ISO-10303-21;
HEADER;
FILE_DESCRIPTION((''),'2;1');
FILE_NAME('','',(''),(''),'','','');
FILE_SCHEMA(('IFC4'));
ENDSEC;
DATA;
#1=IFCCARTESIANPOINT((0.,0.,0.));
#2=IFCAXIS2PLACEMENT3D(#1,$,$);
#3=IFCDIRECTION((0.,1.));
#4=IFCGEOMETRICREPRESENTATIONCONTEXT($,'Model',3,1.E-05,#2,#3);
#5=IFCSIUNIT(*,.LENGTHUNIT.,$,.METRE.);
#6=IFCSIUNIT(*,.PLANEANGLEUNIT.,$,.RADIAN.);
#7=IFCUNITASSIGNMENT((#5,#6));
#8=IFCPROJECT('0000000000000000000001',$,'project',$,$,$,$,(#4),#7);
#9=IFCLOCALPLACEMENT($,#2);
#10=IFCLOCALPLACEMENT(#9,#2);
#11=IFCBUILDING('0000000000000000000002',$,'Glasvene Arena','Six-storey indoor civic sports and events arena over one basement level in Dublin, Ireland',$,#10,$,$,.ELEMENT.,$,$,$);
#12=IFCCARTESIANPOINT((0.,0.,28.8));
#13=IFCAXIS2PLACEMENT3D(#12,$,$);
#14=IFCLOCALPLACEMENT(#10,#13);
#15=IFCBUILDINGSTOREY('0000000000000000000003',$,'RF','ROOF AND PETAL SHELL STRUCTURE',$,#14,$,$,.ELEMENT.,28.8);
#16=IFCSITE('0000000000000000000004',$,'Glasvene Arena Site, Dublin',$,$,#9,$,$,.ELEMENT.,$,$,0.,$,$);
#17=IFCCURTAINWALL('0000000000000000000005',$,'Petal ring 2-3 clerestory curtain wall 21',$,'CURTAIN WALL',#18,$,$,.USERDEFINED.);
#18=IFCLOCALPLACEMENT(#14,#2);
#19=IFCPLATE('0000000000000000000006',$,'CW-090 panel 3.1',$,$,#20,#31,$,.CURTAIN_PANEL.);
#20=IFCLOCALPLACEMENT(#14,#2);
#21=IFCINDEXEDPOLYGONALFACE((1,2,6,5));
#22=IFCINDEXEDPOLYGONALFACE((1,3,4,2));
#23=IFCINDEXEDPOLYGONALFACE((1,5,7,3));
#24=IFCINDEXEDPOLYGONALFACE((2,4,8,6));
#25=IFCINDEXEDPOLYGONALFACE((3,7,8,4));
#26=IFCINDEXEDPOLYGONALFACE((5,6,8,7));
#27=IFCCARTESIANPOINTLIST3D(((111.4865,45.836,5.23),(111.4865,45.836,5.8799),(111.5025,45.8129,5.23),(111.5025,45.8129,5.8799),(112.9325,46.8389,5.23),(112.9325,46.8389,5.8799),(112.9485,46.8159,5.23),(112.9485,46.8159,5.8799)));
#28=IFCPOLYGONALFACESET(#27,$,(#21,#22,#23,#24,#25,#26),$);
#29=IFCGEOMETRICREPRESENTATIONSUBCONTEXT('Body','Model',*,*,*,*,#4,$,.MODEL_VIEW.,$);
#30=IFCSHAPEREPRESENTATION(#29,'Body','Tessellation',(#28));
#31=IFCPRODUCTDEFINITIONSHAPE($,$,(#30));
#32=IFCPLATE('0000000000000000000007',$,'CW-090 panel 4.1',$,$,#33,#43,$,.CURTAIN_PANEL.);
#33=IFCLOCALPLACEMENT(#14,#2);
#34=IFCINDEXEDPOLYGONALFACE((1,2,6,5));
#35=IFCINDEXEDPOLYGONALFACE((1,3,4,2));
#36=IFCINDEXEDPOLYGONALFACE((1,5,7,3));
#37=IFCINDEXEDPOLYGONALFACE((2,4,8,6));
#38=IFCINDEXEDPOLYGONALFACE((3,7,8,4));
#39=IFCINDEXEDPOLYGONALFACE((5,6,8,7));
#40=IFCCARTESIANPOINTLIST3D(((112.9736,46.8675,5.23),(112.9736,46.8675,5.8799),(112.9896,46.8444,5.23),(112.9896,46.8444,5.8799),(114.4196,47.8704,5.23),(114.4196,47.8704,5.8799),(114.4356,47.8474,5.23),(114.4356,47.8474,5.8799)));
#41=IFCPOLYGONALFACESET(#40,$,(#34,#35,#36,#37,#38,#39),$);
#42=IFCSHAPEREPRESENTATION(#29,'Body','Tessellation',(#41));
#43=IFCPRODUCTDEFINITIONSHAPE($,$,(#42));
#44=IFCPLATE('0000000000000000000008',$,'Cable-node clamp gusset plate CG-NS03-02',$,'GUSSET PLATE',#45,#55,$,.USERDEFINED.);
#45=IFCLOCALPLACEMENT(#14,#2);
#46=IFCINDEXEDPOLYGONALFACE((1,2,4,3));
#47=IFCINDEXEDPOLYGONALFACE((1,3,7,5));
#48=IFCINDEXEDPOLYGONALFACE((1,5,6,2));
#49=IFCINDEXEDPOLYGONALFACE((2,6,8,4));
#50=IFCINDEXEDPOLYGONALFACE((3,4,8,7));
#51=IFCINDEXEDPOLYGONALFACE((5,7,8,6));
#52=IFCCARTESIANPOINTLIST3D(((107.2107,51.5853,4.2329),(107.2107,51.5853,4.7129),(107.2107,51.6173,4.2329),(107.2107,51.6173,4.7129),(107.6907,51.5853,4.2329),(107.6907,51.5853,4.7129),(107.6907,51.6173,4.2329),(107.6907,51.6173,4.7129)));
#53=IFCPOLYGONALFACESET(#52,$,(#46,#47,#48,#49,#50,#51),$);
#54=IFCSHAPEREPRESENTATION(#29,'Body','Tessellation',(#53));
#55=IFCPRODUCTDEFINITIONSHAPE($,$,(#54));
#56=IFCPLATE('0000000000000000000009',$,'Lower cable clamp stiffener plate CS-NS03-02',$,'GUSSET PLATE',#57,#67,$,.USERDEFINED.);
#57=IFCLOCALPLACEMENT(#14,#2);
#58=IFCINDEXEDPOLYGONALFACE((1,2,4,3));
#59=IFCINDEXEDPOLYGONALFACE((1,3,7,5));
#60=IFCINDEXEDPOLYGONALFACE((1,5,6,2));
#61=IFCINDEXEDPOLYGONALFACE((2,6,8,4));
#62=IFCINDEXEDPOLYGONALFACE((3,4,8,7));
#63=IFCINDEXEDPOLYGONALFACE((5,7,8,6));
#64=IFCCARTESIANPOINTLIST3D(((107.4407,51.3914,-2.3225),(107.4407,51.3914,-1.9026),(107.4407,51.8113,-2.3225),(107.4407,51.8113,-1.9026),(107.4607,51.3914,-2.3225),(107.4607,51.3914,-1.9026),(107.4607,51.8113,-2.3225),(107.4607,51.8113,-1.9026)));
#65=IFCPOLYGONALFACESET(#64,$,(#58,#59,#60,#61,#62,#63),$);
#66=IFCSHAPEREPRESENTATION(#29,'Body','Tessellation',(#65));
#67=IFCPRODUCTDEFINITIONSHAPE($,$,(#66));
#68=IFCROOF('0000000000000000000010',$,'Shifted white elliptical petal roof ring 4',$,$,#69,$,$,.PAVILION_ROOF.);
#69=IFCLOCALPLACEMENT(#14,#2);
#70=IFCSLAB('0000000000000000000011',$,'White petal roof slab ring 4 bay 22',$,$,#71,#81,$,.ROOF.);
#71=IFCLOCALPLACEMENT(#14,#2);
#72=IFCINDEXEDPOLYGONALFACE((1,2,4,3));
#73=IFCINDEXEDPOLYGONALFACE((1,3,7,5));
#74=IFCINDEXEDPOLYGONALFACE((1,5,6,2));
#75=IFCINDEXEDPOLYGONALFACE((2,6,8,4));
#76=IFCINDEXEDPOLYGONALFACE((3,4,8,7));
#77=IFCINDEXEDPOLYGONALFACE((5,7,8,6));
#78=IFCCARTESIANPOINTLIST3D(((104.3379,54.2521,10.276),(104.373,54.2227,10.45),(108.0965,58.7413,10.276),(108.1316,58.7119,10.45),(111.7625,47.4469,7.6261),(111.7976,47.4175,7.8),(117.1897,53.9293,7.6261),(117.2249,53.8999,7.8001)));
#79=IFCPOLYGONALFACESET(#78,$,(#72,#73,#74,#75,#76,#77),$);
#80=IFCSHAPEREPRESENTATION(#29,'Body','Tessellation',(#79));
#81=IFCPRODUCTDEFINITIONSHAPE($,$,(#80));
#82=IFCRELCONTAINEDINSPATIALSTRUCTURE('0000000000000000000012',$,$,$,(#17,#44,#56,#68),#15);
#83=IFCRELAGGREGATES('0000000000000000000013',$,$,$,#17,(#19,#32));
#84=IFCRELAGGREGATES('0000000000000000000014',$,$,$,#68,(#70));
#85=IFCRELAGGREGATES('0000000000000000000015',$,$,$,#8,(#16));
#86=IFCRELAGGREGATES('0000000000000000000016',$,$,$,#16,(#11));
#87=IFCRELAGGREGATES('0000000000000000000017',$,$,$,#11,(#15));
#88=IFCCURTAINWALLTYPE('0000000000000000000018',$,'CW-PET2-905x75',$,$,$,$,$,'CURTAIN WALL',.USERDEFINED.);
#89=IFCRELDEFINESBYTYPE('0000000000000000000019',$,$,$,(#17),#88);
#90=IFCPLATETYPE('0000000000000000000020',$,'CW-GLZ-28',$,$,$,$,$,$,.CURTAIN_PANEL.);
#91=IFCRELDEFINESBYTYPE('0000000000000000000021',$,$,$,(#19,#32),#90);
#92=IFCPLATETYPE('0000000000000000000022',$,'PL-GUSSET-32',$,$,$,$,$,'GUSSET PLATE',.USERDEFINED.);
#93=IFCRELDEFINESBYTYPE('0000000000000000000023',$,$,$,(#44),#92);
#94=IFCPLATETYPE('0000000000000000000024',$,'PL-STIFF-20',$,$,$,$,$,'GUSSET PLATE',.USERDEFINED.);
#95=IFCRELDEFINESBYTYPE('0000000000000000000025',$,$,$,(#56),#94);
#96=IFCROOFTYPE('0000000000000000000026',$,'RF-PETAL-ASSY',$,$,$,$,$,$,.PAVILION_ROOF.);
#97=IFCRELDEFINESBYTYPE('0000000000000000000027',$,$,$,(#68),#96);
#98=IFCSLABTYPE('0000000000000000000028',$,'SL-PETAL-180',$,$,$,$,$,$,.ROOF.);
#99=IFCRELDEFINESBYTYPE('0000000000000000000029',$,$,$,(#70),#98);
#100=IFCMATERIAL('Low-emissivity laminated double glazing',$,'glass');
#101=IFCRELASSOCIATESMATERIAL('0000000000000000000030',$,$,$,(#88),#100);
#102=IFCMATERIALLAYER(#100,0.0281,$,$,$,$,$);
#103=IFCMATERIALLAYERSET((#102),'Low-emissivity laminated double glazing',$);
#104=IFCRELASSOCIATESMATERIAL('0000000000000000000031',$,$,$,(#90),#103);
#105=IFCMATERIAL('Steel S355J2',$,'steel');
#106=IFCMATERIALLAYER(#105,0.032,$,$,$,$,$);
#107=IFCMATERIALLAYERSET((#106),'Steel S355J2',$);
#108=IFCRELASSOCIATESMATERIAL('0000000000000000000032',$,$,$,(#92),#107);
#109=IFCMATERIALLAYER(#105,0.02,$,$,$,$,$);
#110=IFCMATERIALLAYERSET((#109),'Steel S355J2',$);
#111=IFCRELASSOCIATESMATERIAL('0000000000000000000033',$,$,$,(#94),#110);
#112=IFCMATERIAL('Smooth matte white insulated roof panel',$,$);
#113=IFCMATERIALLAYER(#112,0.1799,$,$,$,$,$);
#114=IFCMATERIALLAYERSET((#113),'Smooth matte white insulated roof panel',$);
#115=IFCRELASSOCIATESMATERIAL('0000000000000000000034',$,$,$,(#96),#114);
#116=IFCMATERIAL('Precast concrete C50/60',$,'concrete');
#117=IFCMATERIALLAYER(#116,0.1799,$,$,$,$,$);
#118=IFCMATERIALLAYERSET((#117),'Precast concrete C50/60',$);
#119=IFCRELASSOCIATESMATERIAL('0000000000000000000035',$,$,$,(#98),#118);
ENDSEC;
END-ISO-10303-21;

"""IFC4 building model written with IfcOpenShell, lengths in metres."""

from ifc_helpers import new_model, si_unit, direction, frame, origin, origin_2d, place, context, subcontext, project, spatial, polyline, rectangle, outline, extrude, material, layer, layer_set, type_object, element, aggregate, save


model = new_model("IFC4")

# Units and contexts
model_context = context("Model", 3, precision=1e-05, world=origin(), true_north=direction((0.0, 1.0)))
body_context = subcontext(model_context, "Body", "Model", "MODEL_VIEW")
ifc_project = project(units=[si_unit("LENGTHUNIT", "METRE"), si_unit("PLANEANGLEUNIT", "RADIAN")], contexts=[model_context])

# Site, building, storey
site_placement = place(None, origin())
site = spatial("IfcSite", under=ifc_project, at=site_placement, Name="Glasvene Arena Site, Dublin", CompositionType="ELEMENT", RefElevation=0.0)
building_placement = place(site_placement, origin())
building = spatial("IfcBuilding", under=site, at=building_placement, Name="Glasvene Arena", Description="Six-storey indoor civic sports and events arena over one basement level in Dublin, Ireland", CompositionType="ELEMENT")
storey_placement = place(building_placement, frame((0.0, 0.0, 28.8)))
storey = spatial("IfcBuildingStorey", under=building, at=storey_placement, Name="RF", Description="ROOF AND PETAL SHELL STRUCTURE", CompositionType="ELEMENT", Elevation=28.8)

# Curtain wall
ifc_material_1 = material(Name="Low-emissivity laminated double glazing", Category="glass")
curtain_wall_type_1 = type_object("IfcCurtainWallType", Name="CW-PET2-905x75", ElementType="CURTAIN WALL", PredefinedType="USERDEFINED", material=ifc_material_1)
curtain_wall_1_placement = place(storey_placement, frame((108.5, 43.7476, 0.0)))
curtain_wall_1 = element("IfcCurtainWall", 1, at=curtain_wall_1_placement, inside=storey, type_object=curtain_wall_type_1, Name="Petal ring 2-3 clerestory curtain wall 21", ObjectType="CURTAIN WALL", PredefinedType="USERDEFINED")

# Shared definitions
ifc_material_2 = material(Name="Steel S355J2", Category="steel")

# Plates
ifc_layer_1 = layer(ifc_material_1, 0.0281)
ifc_layer_set_1 = layer_set([ifc_layer_1], Name="Low-emissivity laminated double glazing")
plate_type_1 = type_object("IfcPlateType", Name="CW-GLZ-28", PredefinedType="CURTAIN_PANEL", material=ifc_layer_set_1)
plate_1_placement = place(storey_placement, frame((112.2175, 46.3259, 5.23), z_axis=(0.0, 0.0, 1.0), x_axis=(0.821699, 0.569921, 0.0)))
plate_1 = element("IfcPlate", 2, at=plate_1_placement, type_object=plate_type_1, Name="CW-090 panel 3.1", PredefinedType="CURTAIN_PANEL", context=body_context, shape_type="SweptSolid", body=[
    extrude(rectangle(XDim=1.7598, YDim=0.0281, at=origin_2d()), origin(), (0.0, 0.0, 1.0), 0.6499),
])
plate_2_placement = place(storey_placement, frame((113.7046, 47.3574, 5.23), z_axis=(0.0, 0.0, 1.0), x_axis=(0.821699, 0.569921, 0.0)))
plate_2 = element("IfcPlate", 3, at=plate_2_placement, type_object=plate_type_1, Name="CW-090 panel 4.1", PredefinedType="CURTAIN_PANEL", context=body_context, shape_type="SweptSolid", body=[
    extrude(rectangle(XDim=1.7598, YDim=0.0281, at=origin_2d()), origin(), (0.0, 0.0, 1.0), 0.6499),
])
aggregate(curtain_wall_1, [plate_1, plate_2])

# Plates
ifc_layer_2 = layer(ifc_material_2, 0.032)
ifc_layer_set_2 = layer_set([ifc_layer_2], Name="Steel S355J2")
plate_type_2 = type_object("IfcPlateType", Name="PL-GUSSET-32", ElementType="GUSSET PLATE", PredefinedType="USERDEFINED", material=ifc_layer_set_2)
plate_3_placement = place(storey_placement, frame((107.4507, 51.6013, 4.2329), z_axis=(0.0, 0.0, 1.0), x_axis=(1.0, 0.0, 0.0)))
element("IfcPlate", 4, at=plate_3_placement, inside=storey, type_object=plate_type_2, Name="Cable-node clamp gusset plate CG-NS03-02", ObjectType="GUSSET PLATE", PredefinedType="USERDEFINED", context=body_context, shape_type="SweptSolid", body=[
    extrude(rectangle(XDim=0.48, YDim=0.032, at=origin_2d()), origin(), (0.0, 0.0, 1.0), 0.48),
])
ifc_layer_3 = layer(ifc_material_2, 0.02)
ifc_layer_set_3 = layer_set([ifc_layer_3], Name="Steel S355J2")
plate_type_3 = type_object("IfcPlateType", Name="PL-STIFF-20", ElementType="GUSSET PLATE", PredefinedType="USERDEFINED", material=ifc_layer_set_3)
plate_4_placement = place(storey_placement, frame((107.4507, 51.6013, -2.3225), z_axis=(0.0, 0.0, 1.0), x_axis=(1.0, 0.0, 0.0)))
element("IfcPlate", 5, at=plate_4_placement, inside=storey, type_object=plate_type_3, Name="Lower cable clamp stiffener plate CS-NS03-02", ObjectType="GUSSET PLATE", PredefinedType="USERDEFINED", context=body_context, shape_type="SweptSolid", body=[
    extrude(rectangle(XDim=0.02, YDim=0.4199, at=origin_2d()), origin(), (0.0, 0.0, 1.0), 0.4199),
])

# Roof, slab
ifc_material_3 = material(Name="Smooth matte white insulated roof panel")
ifc_layer_4 = layer(ifc_material_3, 0.1799)
ifc_layer_set_4 = layer_set([ifc_layer_4], Name="Smooth matte white insulated roof panel")
roof_type = type_object("IfcRoofType", Name="RF-PETAL-ASSY", PredefinedType="PAVILION_ROOF", material=ifc_layer_set_4)
roof_placement = place(storey_placement, frame((87.6499, 69.55, 7.8)))
roof = element("IfcRoof", 6, at=roof_placement, inside=storey, type_object=roof_type, Name="Shifted white elliptical petal roof ring 4", PredefinedType="PAVILION_ROOF")
ifc_material_4 = material(Name="Precast concrete C50/60", Category="concrete")
ifc_layer_5 = layer(ifc_material_4, 0.1799)
ifc_layer_set_5 = layer_set([ifc_layer_5], Name="Precast concrete C50/60")
slab_type = type_object("IfcSlabType", Name="SL-PETAL-180", PredefinedType="ROOF", material=ifc_layer_set_5)
slab_placement = place(storey_placement, frame((111.7976, 47.4175, 7.8), z_axis=(0.195284, -0.163497, 0.967023), x_axis=(0.641944, 0.766752, 0.0)))
slab = element("IfcSlab", 7, at=slab_placement, type_object=slab_type, Name="White petal roof slab ring 4 bay 22", PredefinedType="ROOF", context=body_context, shape_type="SweptSolid", body=[
    extrude(outline(polyline([(0.0, 0.0), (8.4544, 0.0), (6.3067, 10.4044), (0.4517, 10.4044), (0.0, 0.0)])), origin(), (0.0, 0.0, -1.0), 0.1799),
])
aggregate(roof, [slab])

save(model, "model.ifc")
